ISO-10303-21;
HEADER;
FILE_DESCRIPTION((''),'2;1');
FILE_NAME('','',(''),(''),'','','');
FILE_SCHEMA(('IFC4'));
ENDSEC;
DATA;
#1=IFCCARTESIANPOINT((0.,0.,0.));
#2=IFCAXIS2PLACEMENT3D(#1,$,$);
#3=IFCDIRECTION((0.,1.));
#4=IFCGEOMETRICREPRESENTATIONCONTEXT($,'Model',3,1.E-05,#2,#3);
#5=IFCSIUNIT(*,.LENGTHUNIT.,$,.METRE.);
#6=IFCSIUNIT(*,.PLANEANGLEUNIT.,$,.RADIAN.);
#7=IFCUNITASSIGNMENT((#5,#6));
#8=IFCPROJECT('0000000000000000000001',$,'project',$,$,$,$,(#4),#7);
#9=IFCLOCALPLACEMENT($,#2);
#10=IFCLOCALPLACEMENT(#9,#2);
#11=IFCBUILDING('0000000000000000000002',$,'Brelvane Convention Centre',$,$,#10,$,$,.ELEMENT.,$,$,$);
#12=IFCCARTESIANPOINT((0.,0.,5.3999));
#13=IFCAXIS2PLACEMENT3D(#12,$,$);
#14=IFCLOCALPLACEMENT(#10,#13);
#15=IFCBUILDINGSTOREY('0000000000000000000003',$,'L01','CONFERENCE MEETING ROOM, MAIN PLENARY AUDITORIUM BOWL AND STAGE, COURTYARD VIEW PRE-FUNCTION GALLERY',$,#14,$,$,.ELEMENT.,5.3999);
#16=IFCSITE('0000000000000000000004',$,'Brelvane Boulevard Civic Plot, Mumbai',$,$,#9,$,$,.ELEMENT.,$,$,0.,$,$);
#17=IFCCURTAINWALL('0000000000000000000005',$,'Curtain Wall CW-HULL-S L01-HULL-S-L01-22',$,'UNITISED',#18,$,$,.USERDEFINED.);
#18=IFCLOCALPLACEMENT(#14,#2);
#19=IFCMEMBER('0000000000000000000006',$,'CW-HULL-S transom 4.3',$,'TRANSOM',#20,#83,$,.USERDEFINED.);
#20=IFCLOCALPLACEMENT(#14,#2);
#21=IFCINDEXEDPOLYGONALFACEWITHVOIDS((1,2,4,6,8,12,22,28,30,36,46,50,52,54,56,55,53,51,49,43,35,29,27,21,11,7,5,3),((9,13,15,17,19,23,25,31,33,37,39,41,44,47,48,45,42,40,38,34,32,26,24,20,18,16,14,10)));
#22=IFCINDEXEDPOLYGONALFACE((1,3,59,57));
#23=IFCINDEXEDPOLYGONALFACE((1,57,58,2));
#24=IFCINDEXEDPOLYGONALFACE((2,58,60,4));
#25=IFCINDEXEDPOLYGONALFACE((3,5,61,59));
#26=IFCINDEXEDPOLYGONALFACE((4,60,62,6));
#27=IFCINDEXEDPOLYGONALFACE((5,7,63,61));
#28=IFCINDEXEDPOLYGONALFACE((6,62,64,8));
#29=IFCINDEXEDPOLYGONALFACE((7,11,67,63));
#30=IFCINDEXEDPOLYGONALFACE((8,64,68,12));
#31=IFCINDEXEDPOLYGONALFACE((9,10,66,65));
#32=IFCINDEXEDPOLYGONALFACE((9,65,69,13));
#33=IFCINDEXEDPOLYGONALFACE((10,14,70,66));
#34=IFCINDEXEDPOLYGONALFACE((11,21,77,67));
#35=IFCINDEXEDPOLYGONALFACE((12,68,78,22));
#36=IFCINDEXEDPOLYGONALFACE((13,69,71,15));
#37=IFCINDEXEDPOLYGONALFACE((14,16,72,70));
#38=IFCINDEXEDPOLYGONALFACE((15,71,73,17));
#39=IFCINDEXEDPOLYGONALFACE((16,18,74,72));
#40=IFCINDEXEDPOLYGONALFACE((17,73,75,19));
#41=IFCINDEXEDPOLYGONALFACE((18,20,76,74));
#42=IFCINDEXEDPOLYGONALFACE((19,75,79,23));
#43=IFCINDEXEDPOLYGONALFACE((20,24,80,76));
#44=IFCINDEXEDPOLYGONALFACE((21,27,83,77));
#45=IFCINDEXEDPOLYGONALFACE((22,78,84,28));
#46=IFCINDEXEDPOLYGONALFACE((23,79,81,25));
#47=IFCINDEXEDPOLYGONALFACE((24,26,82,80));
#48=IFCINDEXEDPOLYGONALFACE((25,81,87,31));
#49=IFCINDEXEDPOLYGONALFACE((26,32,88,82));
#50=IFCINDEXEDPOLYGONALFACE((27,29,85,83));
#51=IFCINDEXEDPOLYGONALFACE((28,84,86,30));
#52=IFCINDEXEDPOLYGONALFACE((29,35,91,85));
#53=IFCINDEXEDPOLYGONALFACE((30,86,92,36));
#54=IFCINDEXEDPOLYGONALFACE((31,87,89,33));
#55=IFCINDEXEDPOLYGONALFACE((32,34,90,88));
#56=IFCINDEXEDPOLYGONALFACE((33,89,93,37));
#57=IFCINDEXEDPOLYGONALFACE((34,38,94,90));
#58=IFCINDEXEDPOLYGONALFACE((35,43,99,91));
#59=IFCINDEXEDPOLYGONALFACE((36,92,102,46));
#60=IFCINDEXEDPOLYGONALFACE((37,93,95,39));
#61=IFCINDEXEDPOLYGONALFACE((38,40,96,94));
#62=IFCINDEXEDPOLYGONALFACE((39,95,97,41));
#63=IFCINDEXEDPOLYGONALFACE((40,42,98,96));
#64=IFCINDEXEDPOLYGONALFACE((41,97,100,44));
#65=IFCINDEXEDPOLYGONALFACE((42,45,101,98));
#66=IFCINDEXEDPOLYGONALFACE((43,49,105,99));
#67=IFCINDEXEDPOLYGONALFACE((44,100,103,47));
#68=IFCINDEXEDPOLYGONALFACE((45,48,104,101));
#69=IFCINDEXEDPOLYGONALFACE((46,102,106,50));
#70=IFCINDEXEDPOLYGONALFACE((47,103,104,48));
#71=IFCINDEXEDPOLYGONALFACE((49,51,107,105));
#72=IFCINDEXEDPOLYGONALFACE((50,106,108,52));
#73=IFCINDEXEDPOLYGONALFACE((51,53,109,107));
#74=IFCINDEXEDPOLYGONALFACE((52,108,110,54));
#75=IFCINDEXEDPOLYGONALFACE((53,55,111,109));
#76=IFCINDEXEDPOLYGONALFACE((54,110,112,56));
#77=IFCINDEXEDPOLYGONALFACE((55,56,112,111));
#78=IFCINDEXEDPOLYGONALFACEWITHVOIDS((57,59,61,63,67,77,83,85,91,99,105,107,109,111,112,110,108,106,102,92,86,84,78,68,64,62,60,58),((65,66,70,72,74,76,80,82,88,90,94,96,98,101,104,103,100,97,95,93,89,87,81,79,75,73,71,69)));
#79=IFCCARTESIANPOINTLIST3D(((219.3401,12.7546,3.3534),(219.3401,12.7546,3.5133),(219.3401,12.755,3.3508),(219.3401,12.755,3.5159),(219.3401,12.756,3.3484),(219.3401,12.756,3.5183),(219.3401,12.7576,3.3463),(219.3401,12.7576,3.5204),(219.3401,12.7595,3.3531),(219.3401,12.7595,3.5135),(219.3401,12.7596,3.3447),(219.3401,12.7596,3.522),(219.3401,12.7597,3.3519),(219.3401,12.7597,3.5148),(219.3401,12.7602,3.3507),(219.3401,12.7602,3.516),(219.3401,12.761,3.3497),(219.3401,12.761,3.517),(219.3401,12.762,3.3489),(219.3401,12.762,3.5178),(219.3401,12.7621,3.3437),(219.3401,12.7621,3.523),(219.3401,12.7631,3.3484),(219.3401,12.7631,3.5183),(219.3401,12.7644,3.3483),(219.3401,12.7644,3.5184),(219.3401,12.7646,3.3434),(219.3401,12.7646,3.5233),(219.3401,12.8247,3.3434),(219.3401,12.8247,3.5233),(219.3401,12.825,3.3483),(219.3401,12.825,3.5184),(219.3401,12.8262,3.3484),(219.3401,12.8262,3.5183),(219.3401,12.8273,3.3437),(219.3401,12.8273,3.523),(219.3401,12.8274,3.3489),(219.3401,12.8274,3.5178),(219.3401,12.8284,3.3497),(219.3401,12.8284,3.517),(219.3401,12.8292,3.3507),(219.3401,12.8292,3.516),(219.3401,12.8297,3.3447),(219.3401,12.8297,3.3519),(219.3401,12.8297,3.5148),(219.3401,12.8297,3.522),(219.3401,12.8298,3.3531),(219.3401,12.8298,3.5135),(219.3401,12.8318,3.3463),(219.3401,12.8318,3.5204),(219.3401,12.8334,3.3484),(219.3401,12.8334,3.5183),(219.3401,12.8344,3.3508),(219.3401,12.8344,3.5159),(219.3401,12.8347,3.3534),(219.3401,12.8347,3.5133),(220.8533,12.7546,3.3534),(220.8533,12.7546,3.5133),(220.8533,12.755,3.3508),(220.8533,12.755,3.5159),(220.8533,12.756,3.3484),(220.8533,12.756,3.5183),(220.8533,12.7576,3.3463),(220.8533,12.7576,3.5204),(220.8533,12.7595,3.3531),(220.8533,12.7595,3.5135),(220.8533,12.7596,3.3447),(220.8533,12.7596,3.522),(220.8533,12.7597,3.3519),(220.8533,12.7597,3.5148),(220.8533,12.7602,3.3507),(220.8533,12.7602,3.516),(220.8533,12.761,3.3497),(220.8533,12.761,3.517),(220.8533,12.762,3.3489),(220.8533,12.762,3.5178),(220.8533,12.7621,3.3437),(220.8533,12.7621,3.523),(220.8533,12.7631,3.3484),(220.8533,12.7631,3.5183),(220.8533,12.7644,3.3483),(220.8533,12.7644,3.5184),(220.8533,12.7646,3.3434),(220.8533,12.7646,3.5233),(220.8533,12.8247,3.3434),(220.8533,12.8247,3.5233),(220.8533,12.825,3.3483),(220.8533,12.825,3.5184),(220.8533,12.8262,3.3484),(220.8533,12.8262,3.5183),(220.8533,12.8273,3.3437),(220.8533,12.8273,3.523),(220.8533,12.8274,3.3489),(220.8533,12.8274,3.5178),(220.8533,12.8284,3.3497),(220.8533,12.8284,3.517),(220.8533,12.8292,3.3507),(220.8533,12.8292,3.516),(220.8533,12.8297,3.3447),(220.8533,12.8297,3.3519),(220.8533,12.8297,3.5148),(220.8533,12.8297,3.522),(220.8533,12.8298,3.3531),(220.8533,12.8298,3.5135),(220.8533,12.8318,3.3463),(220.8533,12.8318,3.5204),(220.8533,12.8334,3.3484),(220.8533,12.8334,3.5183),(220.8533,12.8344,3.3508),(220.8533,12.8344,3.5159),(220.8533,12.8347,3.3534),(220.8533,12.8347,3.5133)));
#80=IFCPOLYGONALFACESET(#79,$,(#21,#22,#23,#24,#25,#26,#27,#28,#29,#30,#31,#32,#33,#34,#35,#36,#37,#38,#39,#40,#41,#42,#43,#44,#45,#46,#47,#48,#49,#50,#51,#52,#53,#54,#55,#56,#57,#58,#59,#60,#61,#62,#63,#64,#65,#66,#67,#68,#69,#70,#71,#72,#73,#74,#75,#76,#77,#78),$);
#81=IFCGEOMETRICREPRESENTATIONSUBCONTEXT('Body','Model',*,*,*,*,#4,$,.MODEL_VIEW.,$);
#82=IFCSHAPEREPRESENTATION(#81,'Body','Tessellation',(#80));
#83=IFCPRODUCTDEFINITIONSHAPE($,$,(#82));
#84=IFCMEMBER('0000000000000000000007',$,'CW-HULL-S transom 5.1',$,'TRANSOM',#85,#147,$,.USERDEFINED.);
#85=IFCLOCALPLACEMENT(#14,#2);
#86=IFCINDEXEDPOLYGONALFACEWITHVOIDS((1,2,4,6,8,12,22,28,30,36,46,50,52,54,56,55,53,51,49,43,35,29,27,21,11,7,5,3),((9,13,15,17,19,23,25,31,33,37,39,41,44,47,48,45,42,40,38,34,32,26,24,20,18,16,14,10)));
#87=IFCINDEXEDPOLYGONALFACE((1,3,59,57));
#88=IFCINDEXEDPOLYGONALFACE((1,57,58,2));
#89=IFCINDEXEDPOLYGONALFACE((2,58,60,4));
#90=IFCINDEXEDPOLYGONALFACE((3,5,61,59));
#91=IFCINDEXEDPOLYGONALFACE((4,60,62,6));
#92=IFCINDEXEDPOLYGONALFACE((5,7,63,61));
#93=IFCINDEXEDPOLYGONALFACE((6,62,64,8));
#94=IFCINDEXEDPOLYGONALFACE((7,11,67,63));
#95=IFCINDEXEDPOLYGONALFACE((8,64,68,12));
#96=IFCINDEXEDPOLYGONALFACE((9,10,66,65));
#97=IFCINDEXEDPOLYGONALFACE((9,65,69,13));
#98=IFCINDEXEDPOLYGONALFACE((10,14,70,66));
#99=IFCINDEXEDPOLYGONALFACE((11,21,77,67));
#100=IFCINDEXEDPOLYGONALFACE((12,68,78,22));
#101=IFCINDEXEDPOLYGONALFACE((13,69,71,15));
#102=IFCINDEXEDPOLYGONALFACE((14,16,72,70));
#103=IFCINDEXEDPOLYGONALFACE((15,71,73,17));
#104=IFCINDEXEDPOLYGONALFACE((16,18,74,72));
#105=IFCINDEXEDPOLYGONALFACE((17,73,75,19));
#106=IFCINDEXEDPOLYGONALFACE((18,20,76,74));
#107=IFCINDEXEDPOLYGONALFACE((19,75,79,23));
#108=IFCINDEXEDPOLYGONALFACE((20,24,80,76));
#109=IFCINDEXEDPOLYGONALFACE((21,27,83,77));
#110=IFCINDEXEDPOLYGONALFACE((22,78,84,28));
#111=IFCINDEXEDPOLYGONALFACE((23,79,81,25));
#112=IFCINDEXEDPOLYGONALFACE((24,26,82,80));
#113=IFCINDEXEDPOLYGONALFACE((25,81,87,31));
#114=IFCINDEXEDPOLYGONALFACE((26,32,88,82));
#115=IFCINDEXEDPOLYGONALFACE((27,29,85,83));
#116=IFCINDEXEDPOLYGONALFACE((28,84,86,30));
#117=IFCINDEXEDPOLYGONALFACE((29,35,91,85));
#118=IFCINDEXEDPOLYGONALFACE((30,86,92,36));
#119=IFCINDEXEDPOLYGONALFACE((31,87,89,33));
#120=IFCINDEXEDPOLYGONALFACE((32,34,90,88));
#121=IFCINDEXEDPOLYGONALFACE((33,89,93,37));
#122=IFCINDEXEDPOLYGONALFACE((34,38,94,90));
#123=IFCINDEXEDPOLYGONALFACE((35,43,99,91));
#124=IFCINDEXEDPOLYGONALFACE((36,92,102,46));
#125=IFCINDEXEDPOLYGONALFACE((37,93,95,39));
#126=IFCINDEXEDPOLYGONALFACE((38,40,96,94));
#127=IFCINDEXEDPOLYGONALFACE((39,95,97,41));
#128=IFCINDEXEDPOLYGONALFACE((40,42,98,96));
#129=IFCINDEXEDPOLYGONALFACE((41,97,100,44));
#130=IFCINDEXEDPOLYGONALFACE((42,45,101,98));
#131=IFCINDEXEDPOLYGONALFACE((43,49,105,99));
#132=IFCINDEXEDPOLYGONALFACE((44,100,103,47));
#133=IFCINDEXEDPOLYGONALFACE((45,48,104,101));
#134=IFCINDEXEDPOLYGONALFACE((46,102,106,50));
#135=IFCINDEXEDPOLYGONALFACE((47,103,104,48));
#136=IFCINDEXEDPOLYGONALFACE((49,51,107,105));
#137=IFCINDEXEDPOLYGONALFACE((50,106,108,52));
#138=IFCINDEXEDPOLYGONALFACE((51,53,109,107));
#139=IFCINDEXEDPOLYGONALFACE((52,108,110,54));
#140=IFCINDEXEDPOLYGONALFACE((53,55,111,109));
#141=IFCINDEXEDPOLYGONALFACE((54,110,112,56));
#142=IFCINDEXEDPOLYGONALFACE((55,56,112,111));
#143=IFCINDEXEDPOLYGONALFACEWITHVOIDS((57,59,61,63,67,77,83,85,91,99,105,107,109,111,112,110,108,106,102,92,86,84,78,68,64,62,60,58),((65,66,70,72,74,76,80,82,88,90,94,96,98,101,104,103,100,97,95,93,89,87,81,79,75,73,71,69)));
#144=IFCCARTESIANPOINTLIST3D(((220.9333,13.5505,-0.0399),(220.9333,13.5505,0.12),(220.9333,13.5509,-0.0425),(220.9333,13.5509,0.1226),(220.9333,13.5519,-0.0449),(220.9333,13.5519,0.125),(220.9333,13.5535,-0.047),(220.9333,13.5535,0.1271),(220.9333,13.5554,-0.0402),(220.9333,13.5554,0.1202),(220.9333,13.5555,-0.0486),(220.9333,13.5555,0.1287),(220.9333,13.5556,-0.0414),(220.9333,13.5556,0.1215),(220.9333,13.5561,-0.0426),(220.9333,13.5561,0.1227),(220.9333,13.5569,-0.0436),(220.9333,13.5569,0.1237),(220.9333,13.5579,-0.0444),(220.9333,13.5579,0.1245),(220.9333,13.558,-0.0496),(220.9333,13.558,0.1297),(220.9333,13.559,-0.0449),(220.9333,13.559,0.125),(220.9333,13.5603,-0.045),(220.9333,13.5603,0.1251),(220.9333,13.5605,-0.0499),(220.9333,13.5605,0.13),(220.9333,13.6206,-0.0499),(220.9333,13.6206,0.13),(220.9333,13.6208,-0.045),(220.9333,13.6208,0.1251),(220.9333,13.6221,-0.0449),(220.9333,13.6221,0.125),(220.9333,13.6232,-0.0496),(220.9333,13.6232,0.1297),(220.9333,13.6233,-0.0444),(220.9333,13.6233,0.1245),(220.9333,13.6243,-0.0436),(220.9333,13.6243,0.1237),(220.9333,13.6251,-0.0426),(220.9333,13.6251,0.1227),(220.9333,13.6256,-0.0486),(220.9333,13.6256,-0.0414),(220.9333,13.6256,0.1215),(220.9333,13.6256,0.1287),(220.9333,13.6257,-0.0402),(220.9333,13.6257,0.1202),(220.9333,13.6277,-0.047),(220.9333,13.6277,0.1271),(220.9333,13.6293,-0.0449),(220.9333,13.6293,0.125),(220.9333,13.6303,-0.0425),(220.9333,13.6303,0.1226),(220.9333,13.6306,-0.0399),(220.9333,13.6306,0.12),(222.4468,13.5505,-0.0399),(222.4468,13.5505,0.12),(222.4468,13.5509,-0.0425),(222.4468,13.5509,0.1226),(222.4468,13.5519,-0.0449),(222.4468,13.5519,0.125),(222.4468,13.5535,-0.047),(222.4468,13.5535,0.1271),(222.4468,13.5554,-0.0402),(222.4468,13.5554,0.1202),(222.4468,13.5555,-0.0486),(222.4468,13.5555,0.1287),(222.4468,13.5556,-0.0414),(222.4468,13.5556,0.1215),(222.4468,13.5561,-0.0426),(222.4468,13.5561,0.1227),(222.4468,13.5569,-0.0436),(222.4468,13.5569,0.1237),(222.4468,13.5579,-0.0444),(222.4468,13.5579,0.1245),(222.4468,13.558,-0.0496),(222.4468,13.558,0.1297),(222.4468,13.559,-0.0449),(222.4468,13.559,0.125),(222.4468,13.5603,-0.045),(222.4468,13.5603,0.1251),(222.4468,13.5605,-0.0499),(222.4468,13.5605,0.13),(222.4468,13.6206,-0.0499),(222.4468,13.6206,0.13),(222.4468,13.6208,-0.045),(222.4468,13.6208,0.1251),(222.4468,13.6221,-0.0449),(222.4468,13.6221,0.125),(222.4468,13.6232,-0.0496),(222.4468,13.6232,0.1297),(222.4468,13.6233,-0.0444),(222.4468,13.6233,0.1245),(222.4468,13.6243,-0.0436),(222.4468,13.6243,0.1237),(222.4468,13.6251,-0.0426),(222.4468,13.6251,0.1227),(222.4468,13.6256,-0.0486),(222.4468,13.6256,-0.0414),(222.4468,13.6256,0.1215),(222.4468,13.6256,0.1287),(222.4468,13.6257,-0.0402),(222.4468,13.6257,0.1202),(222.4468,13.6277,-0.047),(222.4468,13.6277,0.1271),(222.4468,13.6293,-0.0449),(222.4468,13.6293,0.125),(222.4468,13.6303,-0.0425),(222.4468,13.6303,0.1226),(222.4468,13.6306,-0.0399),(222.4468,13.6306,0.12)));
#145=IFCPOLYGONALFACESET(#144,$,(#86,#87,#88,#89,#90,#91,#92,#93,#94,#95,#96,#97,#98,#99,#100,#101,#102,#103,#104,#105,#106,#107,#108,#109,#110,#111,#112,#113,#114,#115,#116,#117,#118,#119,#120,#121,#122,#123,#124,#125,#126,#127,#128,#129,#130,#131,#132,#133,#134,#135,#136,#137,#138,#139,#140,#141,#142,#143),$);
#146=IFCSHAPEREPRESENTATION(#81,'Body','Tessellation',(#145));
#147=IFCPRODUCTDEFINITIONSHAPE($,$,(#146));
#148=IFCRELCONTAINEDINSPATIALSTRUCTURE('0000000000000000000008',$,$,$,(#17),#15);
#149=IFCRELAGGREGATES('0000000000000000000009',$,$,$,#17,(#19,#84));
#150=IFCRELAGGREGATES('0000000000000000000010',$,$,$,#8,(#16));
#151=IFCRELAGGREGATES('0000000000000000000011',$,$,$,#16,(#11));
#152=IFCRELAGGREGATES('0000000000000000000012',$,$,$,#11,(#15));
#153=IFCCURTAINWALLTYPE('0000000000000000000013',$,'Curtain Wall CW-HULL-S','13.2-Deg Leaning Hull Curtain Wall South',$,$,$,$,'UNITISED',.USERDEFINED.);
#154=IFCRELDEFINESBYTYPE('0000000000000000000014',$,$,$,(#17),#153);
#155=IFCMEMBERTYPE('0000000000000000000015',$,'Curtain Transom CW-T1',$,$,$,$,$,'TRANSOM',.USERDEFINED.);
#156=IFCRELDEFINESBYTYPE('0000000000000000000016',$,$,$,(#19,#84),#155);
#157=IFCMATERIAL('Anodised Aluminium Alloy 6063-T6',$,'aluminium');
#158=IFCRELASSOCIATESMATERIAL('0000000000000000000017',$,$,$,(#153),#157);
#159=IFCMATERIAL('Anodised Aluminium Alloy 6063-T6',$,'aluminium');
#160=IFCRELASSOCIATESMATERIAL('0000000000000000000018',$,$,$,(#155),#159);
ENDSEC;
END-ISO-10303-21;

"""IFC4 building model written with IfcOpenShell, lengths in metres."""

from ifc_helpers import new_model, si_unit, direction, frame, origin, origin_2d, place, context, subcontext, project, spatial, hollow_rectangle, extrude, material, material_profile, profile_set, type_object, element, aggregate, save


model = new_model("IFC4")

# Units and contexts
model_context = context("Model", 3, precision=1e-05, world=origin(), true_north=direction((0.0, 1.0)))
body_context = subcontext(model_context, "Body", "Model", "MODEL_VIEW")
ifc_project = project(units=[si_unit("LENGTHUNIT", "METRE"), si_unit("PLANEANGLEUNIT", "RADIAN")], contexts=[model_context])

# Site, building, storey
site_placement = place(None, origin())
site = spatial("IfcSite", under=ifc_project, at=site_placement, Name="Brelvane Boulevard Civic Plot, Mumbai", CompositionType="ELEMENT", RefElevation=0.0)
building_placement = place(site_placement, origin())
building = spatial("IfcBuilding", under=site, at=building_placement, Name="Brelvane Convention Centre", CompositionType="ELEMENT")
storey_placement = place(building_placement, frame((0.0, 0.0, 5.3999)))
storey = spatial("IfcBuildingStorey", under=building, at=storey_placement, Name="L01", Description="CONFERENCE MEETING ROOM, MAIN PLENARY AUDITORIUM BOWL AND STAGE, COURTYARD VIEW PRE-FUNCTION GALLERY", CompositionType="ELEMENT", Elevation=5.3999)

# Curtain wall
ifc_material_1 = material(Name="Anodised Aluminium Alloy 6063-T6", Category="aluminium")
curtain_wall_type_1 = type_object("IfcCurtainWallType", Name="Curtain Wall CW-HULL-S", Description="13.2-Deg Leaning Hull Curtain Wall South", ElementType="UNITISED", PredefinedType="USERDEFINED", material=ifc_material_1)
curtain_wall_1_placement = place(storey_placement, origin())
curtain_wall_1 = element("IfcCurtainWall", 1, at=curtain_wall_1_placement, inside=storey, type_object=curtain_wall_type_1, Name="Curtain Wall CW-HULL-S L01-HULL-S-L01-22", ObjectType="UNITISED", PredefinedType="USERDEFINED")

# Members
ifc_material_2 = material(Name="Anodised Aluminium Alloy 6063-T6", Category="aluminium")
ifc_material_profile_1 = material_profile(ifc_material_2, hollow_rectangle(XDim=0.0801, YDim=0.1799, WallThickness=0.0049, InnerFilletRadius=0.0049, OuterFilletRadius=0.01, at=origin_2d()), Name="ALU-T 180x80x5.0")
ifc_profile_set_1 = profile_set([ifc_material_profile_1], Name="Anodised Aluminium Alloy 6063-T6")
member_type_1 = type_object("IfcMemberType", Name="Curtain Transom CW-T1", ElementType="TRANSOM", PredefinedType="USERDEFINED", material=ifc_profile_set_1)
member_1_placement = place(storey_placement, frame((219.3401, 12.7947, 3.4333), z_axis=(1.0, 0.0, 0.0), x_axis=(0.0, 1.0, 0.0)))
member_1 = element("IfcMember", 2, at=member_1_placement, type_object=member_type_1, Name="CW-HULL-S transom 4.3", ObjectType="TRANSOM", PredefinedType="USERDEFINED", context=body_context, shape_type="SweptSolid", body=[
    extrude(hollow_rectangle(XDim=0.0801, YDim=0.1799, WallThickness=0.0049, InnerFilletRadius=0.0049, OuterFilletRadius=0.01, at=origin_2d()), origin(), (0.0, 0.0, 1.0), 1.5132),
])
member_2_placement = place(storey_placement, frame((220.9333, 13.5906, 0.04), z_axis=(1.0, 0.0, 0.0), x_axis=(0.0, 1.0, 0.0)))
member_2 = element("IfcMember", 3, at=member_2_placement, type_object=member_type_1, Name="CW-HULL-S transom 5.1", ObjectType="TRANSOM", PredefinedType="USERDEFINED", context=body_context, shape_type="SweptSolid", body=[
    extrude(hollow_rectangle(XDim=0.0801, YDim=0.1799, WallThickness=0.0049, InnerFilletRadius=0.0049, OuterFilletRadius=0.01, at=origin_2d()), origin(), (0.0, 0.0, 1.0), 1.5134),
])

aggregate(curtain_wall_1, [member_1, member_2])

save(model, "model.ifc")
